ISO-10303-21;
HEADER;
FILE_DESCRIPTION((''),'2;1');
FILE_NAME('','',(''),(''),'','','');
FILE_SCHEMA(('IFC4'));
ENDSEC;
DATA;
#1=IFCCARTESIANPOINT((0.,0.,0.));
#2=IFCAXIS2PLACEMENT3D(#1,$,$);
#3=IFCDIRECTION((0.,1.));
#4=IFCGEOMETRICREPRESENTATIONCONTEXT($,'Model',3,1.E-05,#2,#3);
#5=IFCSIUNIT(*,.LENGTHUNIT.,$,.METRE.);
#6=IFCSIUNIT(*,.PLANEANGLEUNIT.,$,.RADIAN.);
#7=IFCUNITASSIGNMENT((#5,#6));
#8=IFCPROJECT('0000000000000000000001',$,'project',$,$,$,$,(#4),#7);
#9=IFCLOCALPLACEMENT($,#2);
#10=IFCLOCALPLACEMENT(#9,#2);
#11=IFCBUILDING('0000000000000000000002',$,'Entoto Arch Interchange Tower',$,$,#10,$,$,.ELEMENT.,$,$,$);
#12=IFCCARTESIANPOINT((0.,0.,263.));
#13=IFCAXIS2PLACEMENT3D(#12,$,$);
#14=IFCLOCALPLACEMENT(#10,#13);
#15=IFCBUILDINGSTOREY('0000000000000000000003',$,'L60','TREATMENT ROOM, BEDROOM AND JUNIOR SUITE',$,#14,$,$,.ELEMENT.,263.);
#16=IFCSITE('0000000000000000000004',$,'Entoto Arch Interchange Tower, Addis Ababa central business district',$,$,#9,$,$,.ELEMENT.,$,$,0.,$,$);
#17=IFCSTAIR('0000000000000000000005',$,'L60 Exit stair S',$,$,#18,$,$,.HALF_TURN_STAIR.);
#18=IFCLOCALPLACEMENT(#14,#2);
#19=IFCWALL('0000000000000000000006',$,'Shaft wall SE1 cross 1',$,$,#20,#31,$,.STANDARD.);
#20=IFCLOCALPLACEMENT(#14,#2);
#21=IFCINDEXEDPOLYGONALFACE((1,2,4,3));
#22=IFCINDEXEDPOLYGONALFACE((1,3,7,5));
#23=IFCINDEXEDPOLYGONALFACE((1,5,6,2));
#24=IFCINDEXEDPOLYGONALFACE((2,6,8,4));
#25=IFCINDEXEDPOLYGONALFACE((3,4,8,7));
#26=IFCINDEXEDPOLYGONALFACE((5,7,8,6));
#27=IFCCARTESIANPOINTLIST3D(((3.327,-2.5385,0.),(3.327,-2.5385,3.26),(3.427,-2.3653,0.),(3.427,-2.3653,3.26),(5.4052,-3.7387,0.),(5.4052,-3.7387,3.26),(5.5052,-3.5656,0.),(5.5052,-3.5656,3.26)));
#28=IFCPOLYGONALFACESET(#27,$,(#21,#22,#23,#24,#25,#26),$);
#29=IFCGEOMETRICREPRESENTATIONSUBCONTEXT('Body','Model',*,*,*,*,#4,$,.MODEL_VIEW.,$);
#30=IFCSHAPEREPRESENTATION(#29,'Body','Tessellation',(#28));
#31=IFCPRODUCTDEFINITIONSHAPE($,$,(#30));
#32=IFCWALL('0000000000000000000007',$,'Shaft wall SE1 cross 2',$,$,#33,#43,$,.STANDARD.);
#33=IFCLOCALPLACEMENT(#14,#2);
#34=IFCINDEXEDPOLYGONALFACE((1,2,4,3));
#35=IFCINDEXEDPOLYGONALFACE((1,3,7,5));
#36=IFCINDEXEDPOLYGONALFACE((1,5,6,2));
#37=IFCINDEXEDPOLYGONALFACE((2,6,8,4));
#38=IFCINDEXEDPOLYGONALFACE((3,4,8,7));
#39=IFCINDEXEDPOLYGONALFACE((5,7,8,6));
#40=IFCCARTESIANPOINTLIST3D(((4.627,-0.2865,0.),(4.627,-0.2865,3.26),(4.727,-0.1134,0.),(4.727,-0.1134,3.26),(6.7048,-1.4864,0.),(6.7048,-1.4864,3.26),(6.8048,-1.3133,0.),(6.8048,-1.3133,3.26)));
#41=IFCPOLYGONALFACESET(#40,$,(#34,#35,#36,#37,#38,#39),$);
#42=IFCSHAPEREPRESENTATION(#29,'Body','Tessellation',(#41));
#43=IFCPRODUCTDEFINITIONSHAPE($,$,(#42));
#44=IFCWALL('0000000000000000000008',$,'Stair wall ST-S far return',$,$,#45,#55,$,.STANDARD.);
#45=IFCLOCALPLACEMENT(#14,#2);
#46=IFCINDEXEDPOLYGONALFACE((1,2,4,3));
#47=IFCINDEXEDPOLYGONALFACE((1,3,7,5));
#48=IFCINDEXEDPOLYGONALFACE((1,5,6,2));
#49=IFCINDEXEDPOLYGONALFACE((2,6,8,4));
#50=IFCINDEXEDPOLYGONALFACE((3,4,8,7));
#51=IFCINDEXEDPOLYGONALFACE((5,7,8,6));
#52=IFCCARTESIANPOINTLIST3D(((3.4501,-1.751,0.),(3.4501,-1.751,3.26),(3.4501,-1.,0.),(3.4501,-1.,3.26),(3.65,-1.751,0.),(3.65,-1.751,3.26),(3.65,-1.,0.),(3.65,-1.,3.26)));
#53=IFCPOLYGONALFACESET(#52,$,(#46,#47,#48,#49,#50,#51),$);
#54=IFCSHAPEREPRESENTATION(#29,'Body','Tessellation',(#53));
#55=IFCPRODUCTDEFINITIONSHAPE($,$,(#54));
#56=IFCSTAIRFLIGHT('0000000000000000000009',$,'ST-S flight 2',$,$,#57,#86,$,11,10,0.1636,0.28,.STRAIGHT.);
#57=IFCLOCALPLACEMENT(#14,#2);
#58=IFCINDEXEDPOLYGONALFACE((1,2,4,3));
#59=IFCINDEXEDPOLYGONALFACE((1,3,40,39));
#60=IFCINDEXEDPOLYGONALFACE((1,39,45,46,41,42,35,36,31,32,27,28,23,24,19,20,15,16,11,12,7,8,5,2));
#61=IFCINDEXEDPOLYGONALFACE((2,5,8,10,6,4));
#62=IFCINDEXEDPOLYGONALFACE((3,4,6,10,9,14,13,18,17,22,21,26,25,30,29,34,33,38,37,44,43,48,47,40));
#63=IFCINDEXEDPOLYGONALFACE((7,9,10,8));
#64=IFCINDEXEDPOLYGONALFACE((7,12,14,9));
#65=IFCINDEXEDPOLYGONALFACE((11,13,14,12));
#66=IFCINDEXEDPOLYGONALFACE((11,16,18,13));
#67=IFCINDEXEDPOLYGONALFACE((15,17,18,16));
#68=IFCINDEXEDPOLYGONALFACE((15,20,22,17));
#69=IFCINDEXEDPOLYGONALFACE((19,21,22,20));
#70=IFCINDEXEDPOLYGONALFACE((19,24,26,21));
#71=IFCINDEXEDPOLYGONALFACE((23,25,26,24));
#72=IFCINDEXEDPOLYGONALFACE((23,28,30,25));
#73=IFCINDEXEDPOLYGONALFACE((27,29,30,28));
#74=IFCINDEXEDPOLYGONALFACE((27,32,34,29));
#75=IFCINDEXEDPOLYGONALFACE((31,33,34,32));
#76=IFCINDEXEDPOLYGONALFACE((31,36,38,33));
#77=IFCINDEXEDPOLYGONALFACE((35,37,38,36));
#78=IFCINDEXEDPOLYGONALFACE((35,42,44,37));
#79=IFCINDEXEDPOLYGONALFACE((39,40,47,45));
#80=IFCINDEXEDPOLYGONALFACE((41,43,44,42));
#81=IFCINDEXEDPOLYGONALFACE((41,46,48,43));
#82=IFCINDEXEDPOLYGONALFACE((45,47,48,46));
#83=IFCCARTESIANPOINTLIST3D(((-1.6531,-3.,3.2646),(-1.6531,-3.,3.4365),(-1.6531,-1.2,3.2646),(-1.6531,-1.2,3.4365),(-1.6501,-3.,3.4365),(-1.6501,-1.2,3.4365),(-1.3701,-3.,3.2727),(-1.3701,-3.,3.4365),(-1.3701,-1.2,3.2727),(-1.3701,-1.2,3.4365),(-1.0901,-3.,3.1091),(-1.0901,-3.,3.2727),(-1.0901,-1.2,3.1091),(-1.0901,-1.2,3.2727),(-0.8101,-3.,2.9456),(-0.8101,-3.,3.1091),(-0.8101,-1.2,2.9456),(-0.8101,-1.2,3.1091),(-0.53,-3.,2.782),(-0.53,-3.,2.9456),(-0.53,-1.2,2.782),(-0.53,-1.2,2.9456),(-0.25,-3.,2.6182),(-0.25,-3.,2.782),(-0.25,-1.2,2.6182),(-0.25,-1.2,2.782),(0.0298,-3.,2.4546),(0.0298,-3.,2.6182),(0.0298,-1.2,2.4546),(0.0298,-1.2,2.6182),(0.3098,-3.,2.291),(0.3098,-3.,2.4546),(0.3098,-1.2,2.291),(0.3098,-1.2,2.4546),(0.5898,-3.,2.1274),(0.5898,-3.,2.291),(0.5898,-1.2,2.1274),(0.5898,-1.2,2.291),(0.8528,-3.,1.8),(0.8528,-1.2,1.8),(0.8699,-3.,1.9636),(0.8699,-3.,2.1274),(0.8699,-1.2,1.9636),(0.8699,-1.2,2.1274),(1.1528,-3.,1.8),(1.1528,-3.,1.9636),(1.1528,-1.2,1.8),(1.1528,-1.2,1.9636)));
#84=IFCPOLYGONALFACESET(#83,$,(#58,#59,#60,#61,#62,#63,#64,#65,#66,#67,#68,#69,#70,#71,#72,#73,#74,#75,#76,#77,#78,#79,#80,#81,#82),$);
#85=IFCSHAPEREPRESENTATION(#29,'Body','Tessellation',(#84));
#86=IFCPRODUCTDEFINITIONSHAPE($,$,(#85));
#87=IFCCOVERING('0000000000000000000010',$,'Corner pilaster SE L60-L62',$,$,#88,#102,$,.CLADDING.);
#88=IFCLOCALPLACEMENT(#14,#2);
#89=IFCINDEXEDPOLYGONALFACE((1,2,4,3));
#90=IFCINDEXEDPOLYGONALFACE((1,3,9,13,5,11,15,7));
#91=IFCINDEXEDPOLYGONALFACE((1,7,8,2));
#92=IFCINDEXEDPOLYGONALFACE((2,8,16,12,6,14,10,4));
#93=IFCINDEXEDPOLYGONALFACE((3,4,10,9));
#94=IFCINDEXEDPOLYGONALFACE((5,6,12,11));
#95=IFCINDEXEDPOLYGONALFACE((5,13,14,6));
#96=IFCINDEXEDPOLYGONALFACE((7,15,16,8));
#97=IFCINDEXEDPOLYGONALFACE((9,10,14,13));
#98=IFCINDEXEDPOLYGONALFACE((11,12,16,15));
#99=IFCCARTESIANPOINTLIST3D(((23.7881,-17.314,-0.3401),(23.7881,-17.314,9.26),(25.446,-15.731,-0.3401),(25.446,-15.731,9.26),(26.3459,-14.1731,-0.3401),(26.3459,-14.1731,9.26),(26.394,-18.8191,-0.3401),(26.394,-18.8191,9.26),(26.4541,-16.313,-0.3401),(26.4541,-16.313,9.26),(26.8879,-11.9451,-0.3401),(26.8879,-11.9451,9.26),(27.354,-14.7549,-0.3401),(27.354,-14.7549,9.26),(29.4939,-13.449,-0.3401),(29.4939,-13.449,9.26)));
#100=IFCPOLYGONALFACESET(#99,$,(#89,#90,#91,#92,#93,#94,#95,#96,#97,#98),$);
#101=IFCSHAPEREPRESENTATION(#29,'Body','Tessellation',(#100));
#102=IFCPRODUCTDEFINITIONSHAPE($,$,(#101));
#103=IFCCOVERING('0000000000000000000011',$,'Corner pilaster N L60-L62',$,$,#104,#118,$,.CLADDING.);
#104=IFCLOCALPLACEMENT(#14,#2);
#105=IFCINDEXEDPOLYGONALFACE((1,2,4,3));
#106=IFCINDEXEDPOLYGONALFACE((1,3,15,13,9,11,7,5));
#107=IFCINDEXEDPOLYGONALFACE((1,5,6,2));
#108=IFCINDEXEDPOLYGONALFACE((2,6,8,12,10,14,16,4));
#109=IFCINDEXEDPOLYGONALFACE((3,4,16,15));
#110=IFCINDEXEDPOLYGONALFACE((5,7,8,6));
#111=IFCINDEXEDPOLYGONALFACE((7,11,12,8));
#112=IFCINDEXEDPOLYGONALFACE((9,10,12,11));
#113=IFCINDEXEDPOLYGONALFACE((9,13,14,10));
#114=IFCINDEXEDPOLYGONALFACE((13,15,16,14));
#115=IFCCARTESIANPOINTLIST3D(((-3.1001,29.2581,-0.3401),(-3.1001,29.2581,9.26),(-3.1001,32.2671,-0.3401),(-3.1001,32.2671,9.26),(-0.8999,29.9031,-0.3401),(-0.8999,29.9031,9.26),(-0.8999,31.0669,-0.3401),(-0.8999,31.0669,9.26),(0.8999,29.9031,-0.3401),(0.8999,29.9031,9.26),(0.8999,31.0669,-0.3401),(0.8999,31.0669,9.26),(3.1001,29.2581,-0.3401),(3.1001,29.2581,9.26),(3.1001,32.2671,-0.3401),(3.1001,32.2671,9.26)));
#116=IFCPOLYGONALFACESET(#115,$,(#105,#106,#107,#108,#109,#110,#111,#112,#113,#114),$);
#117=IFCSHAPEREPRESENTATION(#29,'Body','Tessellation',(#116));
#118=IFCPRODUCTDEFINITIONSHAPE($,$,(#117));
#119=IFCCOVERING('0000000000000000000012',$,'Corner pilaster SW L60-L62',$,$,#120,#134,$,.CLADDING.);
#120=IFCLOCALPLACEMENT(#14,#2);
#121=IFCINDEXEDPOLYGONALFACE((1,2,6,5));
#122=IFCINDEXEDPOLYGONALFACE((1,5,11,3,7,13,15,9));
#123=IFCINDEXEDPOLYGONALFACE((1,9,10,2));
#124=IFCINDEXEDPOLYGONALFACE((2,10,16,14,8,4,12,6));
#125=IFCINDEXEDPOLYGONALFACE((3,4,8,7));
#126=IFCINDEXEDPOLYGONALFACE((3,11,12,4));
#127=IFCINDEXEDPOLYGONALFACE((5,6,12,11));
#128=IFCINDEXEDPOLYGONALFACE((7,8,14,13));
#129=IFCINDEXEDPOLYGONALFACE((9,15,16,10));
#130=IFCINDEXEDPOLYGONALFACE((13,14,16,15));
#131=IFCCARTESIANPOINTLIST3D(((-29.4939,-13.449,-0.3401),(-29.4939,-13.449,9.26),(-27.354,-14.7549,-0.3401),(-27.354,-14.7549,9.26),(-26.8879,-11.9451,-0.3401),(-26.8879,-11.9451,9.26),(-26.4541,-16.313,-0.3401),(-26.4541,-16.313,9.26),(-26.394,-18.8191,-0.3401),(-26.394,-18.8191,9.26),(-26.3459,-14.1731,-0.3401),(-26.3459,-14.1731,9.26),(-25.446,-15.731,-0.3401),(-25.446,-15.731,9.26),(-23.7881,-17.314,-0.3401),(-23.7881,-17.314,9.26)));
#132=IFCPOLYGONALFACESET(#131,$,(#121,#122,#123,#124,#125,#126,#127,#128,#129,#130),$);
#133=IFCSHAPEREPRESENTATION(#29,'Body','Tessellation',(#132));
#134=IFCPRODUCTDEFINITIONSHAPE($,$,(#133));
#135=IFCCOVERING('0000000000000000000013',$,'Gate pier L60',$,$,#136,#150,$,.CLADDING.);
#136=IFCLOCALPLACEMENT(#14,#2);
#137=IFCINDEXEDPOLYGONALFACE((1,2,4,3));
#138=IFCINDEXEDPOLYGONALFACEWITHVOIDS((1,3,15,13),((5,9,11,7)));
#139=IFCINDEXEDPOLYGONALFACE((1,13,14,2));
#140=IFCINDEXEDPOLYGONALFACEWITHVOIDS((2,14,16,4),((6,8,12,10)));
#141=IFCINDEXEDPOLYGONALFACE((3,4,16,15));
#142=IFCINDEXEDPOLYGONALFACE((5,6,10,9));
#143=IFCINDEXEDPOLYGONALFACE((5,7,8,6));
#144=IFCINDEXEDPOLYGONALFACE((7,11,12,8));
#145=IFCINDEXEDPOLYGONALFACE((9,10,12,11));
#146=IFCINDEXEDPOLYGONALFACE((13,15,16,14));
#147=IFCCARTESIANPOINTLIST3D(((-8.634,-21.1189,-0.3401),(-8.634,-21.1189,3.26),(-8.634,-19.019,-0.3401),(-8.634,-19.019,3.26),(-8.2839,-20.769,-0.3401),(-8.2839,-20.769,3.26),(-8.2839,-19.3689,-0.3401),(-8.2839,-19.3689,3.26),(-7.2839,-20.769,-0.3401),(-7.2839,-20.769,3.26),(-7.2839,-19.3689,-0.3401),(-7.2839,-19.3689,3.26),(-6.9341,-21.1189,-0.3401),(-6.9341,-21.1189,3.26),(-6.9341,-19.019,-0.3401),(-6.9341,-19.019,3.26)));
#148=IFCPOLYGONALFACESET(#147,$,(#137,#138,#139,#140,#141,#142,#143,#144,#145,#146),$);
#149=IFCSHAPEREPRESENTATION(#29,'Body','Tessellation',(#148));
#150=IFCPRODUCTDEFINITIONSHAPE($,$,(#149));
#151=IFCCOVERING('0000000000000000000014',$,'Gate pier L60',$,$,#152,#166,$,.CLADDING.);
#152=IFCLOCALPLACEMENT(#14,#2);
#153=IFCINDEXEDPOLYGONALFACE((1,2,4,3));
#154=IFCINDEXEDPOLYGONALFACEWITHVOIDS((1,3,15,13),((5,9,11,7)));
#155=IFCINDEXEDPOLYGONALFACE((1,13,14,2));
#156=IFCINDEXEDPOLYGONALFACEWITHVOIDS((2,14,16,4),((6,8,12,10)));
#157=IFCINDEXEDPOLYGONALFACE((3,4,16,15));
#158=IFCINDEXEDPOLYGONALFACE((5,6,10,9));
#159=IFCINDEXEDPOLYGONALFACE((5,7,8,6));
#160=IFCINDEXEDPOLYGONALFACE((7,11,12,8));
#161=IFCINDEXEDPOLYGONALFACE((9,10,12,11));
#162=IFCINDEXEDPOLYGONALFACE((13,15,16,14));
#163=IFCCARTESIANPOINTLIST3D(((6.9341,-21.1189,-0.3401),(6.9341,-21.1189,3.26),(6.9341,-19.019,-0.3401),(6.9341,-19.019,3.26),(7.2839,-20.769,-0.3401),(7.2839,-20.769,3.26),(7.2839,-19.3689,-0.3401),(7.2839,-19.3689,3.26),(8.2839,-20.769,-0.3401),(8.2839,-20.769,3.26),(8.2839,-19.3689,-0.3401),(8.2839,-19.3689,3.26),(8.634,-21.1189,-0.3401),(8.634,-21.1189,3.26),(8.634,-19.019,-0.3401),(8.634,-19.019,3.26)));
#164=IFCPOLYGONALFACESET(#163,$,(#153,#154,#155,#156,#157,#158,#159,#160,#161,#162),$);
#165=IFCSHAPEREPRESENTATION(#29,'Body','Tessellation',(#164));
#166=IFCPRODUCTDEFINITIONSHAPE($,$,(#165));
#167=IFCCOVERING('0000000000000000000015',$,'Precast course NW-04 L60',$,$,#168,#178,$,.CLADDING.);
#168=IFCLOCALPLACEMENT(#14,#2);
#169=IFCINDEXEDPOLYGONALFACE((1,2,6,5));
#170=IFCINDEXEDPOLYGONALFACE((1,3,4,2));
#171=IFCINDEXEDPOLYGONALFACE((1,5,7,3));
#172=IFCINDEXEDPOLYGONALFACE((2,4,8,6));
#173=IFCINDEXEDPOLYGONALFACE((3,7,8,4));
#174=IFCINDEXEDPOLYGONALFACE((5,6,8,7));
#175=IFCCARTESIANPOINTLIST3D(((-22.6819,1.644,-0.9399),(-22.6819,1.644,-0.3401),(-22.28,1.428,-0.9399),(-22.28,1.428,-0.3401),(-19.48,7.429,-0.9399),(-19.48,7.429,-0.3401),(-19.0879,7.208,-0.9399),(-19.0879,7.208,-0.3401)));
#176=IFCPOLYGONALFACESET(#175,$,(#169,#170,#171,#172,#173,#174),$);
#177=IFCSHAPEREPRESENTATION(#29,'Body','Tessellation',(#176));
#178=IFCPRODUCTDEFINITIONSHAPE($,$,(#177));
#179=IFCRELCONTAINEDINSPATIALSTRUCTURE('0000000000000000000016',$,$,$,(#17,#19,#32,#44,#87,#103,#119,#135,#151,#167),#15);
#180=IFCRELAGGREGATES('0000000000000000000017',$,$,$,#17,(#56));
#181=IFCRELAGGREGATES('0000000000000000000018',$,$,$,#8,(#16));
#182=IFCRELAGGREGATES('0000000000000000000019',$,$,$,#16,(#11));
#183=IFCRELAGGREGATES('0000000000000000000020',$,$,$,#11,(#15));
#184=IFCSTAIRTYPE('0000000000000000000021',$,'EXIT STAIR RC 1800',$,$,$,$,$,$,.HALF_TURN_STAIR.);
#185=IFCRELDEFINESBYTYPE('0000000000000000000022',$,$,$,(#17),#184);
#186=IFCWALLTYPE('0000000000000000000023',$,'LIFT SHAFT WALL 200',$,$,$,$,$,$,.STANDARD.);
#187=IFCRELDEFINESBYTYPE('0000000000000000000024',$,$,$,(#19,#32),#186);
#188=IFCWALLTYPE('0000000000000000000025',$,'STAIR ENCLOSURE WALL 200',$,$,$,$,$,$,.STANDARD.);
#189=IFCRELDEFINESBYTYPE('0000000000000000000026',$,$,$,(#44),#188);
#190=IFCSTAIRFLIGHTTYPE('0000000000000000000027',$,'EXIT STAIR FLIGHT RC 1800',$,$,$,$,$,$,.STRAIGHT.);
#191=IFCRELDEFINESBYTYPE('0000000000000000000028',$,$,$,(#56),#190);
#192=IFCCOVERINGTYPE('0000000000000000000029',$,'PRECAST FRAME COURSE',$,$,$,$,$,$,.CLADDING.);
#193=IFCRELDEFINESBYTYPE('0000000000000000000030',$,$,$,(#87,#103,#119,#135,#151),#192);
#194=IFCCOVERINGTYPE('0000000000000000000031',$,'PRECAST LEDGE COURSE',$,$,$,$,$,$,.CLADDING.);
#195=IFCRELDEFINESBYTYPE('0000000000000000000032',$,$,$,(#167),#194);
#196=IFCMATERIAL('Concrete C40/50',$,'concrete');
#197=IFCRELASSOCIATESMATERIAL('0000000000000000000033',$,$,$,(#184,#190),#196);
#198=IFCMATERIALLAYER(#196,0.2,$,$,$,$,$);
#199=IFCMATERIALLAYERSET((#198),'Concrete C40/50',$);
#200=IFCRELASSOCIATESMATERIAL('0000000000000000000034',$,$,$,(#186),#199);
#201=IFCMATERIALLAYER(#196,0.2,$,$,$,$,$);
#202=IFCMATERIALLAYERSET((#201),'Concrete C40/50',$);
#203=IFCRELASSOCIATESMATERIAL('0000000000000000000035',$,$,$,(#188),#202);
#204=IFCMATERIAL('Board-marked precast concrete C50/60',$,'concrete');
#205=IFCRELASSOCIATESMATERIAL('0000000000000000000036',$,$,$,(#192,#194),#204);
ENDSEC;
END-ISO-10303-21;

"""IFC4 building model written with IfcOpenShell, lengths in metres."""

from ifc_helpers import new_model, si_unit, direction, frame, frame_2d, origin, place, context, subcontext, project, spatial, polyline, rectangle, outline, extrude, material, layer, layer_set, type_object, element, aggregate, save


model = new_model("IFC4")

# Units and contexts
model_context = context("Model", 3, precision=1e-05, world=origin(), true_north=direction((0.0, 1.0)))
body_context = subcontext(model_context, "Body", "Model", "MODEL_VIEW")
ifc_project = project(units=[si_unit("LENGTHUNIT", "METRE"), si_unit("PLANEANGLEUNIT", "RADIAN")], contexts=[model_context])

# Site, building, storey
site_placement = place(None, origin())
site = spatial("IfcSite", under=ifc_project, at=site_placement, Name="Entoto Arch Interchange Tower, Addis Ababa central business district", CompositionType="ELEMENT", RefElevation=0.0)
building_placement = place(site_placement, origin())
building = spatial("IfcBuilding", under=site, at=building_placement, Name="Entoto Arch Interchange Tower", CompositionType="ELEMENT")
storey_placement = place(building_placement, frame((0.0, 0.0, 263.0)))
storey = spatial("IfcBuildingStorey", under=building, at=storey_placement, Name="L60", Description="TREATMENT ROOM, BEDROOM AND JUNIOR SUITE", CompositionType="ELEMENT", Elevation=263.0)

# Shared definitions
ifc_material_1 = material(Name="Board-marked precast concrete C50/60", Category="concrete")
ifc_material_2 = material(Name="Concrete C40/50", Category="concrete")

# Stair
stair_type = type_object("IfcStairType", Name="EXIT STAIR RC 1800", PredefinedType="HALF_TURN_STAIR", material=ifc_material_2)
stair_1_placement = place(storey_placement, origin())
stair_1 = element("IfcStair", 1, at=stair_1_placement, inside=storey, type_object=stair_type, Name="L60 Exit stair S", PredefinedType="HALF_TURN_STAIR")

# Shared definitions
ifc_layer_1 = layer(ifc_material_2, 0.2)
ifc_layer_set_1 = layer_set([ifc_layer_1], Name="Concrete C40/50")
wall_type_1 = type_object("IfcWallType", Name="LIFT SHAFT WALL 200", PredefinedType="STANDARD", material=ifc_layer_set_1)

# Walls
wall_1_placement = place(storey_placement, frame((3.377, -2.4519, 0.0), z_axis=(0.0, 0.0, 1.0), x_axis=(0.865955, -0.500122, 0.0)))
element("IfcWall", 2, at=wall_1_placement, inside=storey, type_object=wall_type_1, Name="Shaft wall SE1 cross 1", PredefinedType="STANDARD", context=body_context, shape_type="SweptSolid", body=[
    extrude(rectangle(XDim=2.3999, YDim=0.2, at=frame_2d((1.2, 0.0))), origin(), (0.0, 0.0, 1.0), 3.26),
])
wall_2_placement = place(storey_placement, frame((4.677, -0.2, 0.0), z_axis=(0.0, 0.0, 1.0), x_axis=(0.865974, -0.500089, 0.0)))
element("IfcWall", 3, at=wall_2_placement, inside=storey, type_object=wall_type_1, Name="Shaft wall SE1 cross 2", PredefinedType="STANDARD", context=body_context, shape_type="SweptSolid", body=[
    extrude(rectangle(XDim=2.3994, YDim=0.2, at=frame_2d((1.1997, 0.0))), origin(), (0.0, 0.0, 1.0), 3.26),
])
ifc_layer_2 = layer(ifc_material_2, 0.2)
ifc_layer_set_2 = layer_set([ifc_layer_2], Name="Concrete C40/50")
wall_type_2 = type_object("IfcWallType", Name="STAIR ENCLOSURE WALL 200", PredefinedType="STANDARD", material=ifc_layer_set_2)
wall_3_placement = place(storey_placement, frame((3.55, -1.0, 0.0), z_axis=(0.0, 0.0, 1.0), x_axis=(0.0, -1.0, 0.0)))
element("IfcWall", 4, at=wall_3_placement, inside=storey, type_object=wall_type_2, Name="Stair wall ST-S far return", PredefinedType="STANDARD", context=body_context, shape_type="SweptSolid", body=[
    extrude(rectangle(XDim=0.751, YDim=0.2, at=frame_2d((0.3755, 0.0))), origin(), (0.0, 0.0, 1.0), 3.26),
])

# Stair flight
stair_flight_type = type_object("IfcStairFlightType", Name="EXIT STAIR FLIGHT RC 1800", PredefinedType="STRAIGHT", material=ifc_material_2)
stair_flight_placement = place(storey_placement, frame((1.1499, -2.1001, 1.8), z_axis=(0.0, 0.0, 1.0), x_axis=(-1.0, 0.0, 0.0)))
stair_flight = element("IfcStairFlight", 5, at=stair_flight_placement, type_object=stair_flight_type, Name="ST-S flight 2", NumberOfRisers=11, NumberOfTreads=10, PredefinedType="STRAIGHT", RiserHeight=0.1636, TreadLength=0.28, context=body_context, shape_type="SweptSolid", body=[
    extrude(outline(polyline([(-0.0029, 0.0), (-0.0029, 0.1636), (0.28, 0.1636), (0.28, 0.3274), (0.5601, 0.3274), (0.5601, 0.491), (0.8401, 0.491), (0.8401, 0.6545), (1.1201, 0.6545), (1.1201, 0.8181), (1.3999, 0.8181), (1.3999, 0.9819), (1.6799, 0.9819), (1.6799, 1.1455), (1.96, 1.1455), (1.96, 1.3091), (2.24, 1.3091), (2.24, 1.4727), (2.52, 1.4727), (2.52, 1.6365), (2.8, 1.6365), (2.803, 1.6365), (2.803, 1.4646), (0.2971, 0.0), (-0.0029, 0.0)])), frame((0.0, 0.8999, 0.0), z_axis=(0.0, -1.0, 0.0), x_axis=(1.0, 0.0, 0.0)), (0.0, 0.0, 1.0), 1.8),
])
aggregate(stair_1, [stair_flight])

# Coverings
covering_type_1 = type_object("IfcCoveringType", Name="PRECAST FRAME COURSE", PredefinedType="CLADDING", material=ifc_material_1)
covering_1_placement = place(storey_placement, frame((0.0, 0.0, -0.3401)))
element("IfcCovering", 6, at=covering_1_placement, inside=storey, type_object=covering_type_1, Name="Corner pilaster SE L60-L62", PredefinedType="CLADDING", context=body_context, shape_type="SweptSolid", body=[
    extrude(outline(polyline([(29.4939, -13.449), (26.394, -18.8191), (23.7881, -17.314), (25.446, -15.731), (26.4541, -16.313), (27.354, -14.7549), (26.3459, -14.1731), (26.8879, -11.9451), (29.4939, -13.449)])), origin(), (0.0, 0.0, 1.0), 9.6001),
])
covering_2_placement = place(storey_placement, frame((0.0, 0.0, -0.3401)))
element("IfcCovering", 7, at=covering_2_placement, inside=storey, type_object=covering_type_1, Name="Corner pilaster N L60-L62", PredefinedType="CLADDING", context=body_context, shape_type="SweptSolid", body=[
    extrude(outline(polyline([(-3.1001, 32.2671), (3.1001, 32.2671), (3.1001, 29.2581), (0.8999, 29.9031), (0.8999, 31.0669), (-0.8999, 31.0669), (-0.8999, 29.9031), (-3.1001, 29.2581), (-3.1001, 32.2671)])), origin(), (0.0, 0.0, 1.0), 9.6001),
])
covering_3_placement = place(storey_placement, frame((0.0, 0.0, -0.3401)))
element("IfcCovering", 8, at=covering_3_placement, inside=storey, type_object=covering_type_1, Name="Corner pilaster SW L60-L62", PredefinedType="CLADDING", context=body_context, shape_type="SweptSolid", body=[
    extrude(outline(polyline([(-26.394, -18.8191), (-29.4939, -13.449), (-26.8879, -11.9451), (-26.3459, -14.1731), (-27.354, -14.7549), (-26.4541, -16.313), (-25.446, -15.731), (-23.7881, -17.314), (-26.394, -18.8191)])), origin(), (0.0, 0.0, 1.0), 9.6001),
])
covering_4_placement = place(storey_placement, frame((0.0, 0.0, -0.3401)))
element("IfcCovering", 9, at=covering_4_placement, inside=storey, type_object=covering_type_1, Name="Gate pier L60", PredefinedType="CLADDING", context=body_context, shape_type="SweptSolid", body=[
    extrude(outline(polyline([(-8.634, -19.019), (-6.9341, -19.019), (-6.9341, -21.1189), (-8.634, -21.1189), (-8.634, -19.019)]), holes=[polyline([(-8.2839, -19.3689), (-8.2839, -20.769), (-7.2839, -20.769), (-7.2839, -19.3689), (-8.2839, -19.3689)])]), origin(), (0.0, 0.0, 1.0), 3.6001),
])
covering_5_placement = place(storey_placement, frame((0.0, 0.0, -0.3401)))
element("IfcCovering", 10, at=covering_5_placement, inside=storey, type_object=covering_type_1, Name="Gate pier L60", PredefinedType="CLADDING", context=body_context, shape_type="SweptSolid", body=[
    extrude(outline(polyline([(6.9341, -19.019), (8.634, -19.019), (8.634, -21.1189), (6.9341, -21.1189), (6.9341, -19.019)]), holes=[polyline([(7.2839, -19.3689), (7.2839, -20.769), (8.2839, -20.769), (8.2839, -19.3689), (7.2839, -19.3689)])]), origin(), (0.0, 0.0, 1.0), 3.6001),
])
covering_type_2 = type_object("IfcCoveringType", Name="PRECAST LEDGE COURSE", PredefinedType="CLADDING", material=ifc_material_1)
covering_6_placement = place(storey_placement, frame((0.0, 0.0, -0.9399)))
element("IfcCovering", 11, at=covering_6_placement, inside=storey, type_object=covering_type_2, Name="Precast course NW-04 L60", PredefinedType="CLADDING", context=body_context, shape_type="SweptSolid", body=[
    extrude(outline(polyline([(-22.28, 1.428), (-22.6819, 1.644), (-19.48, 7.429), (-19.0879, 7.208), (-22.28, 1.428)])), origin(), (0.0, 0.0, 1.0), 0.5999),
])

save(model, "model.ifc")
